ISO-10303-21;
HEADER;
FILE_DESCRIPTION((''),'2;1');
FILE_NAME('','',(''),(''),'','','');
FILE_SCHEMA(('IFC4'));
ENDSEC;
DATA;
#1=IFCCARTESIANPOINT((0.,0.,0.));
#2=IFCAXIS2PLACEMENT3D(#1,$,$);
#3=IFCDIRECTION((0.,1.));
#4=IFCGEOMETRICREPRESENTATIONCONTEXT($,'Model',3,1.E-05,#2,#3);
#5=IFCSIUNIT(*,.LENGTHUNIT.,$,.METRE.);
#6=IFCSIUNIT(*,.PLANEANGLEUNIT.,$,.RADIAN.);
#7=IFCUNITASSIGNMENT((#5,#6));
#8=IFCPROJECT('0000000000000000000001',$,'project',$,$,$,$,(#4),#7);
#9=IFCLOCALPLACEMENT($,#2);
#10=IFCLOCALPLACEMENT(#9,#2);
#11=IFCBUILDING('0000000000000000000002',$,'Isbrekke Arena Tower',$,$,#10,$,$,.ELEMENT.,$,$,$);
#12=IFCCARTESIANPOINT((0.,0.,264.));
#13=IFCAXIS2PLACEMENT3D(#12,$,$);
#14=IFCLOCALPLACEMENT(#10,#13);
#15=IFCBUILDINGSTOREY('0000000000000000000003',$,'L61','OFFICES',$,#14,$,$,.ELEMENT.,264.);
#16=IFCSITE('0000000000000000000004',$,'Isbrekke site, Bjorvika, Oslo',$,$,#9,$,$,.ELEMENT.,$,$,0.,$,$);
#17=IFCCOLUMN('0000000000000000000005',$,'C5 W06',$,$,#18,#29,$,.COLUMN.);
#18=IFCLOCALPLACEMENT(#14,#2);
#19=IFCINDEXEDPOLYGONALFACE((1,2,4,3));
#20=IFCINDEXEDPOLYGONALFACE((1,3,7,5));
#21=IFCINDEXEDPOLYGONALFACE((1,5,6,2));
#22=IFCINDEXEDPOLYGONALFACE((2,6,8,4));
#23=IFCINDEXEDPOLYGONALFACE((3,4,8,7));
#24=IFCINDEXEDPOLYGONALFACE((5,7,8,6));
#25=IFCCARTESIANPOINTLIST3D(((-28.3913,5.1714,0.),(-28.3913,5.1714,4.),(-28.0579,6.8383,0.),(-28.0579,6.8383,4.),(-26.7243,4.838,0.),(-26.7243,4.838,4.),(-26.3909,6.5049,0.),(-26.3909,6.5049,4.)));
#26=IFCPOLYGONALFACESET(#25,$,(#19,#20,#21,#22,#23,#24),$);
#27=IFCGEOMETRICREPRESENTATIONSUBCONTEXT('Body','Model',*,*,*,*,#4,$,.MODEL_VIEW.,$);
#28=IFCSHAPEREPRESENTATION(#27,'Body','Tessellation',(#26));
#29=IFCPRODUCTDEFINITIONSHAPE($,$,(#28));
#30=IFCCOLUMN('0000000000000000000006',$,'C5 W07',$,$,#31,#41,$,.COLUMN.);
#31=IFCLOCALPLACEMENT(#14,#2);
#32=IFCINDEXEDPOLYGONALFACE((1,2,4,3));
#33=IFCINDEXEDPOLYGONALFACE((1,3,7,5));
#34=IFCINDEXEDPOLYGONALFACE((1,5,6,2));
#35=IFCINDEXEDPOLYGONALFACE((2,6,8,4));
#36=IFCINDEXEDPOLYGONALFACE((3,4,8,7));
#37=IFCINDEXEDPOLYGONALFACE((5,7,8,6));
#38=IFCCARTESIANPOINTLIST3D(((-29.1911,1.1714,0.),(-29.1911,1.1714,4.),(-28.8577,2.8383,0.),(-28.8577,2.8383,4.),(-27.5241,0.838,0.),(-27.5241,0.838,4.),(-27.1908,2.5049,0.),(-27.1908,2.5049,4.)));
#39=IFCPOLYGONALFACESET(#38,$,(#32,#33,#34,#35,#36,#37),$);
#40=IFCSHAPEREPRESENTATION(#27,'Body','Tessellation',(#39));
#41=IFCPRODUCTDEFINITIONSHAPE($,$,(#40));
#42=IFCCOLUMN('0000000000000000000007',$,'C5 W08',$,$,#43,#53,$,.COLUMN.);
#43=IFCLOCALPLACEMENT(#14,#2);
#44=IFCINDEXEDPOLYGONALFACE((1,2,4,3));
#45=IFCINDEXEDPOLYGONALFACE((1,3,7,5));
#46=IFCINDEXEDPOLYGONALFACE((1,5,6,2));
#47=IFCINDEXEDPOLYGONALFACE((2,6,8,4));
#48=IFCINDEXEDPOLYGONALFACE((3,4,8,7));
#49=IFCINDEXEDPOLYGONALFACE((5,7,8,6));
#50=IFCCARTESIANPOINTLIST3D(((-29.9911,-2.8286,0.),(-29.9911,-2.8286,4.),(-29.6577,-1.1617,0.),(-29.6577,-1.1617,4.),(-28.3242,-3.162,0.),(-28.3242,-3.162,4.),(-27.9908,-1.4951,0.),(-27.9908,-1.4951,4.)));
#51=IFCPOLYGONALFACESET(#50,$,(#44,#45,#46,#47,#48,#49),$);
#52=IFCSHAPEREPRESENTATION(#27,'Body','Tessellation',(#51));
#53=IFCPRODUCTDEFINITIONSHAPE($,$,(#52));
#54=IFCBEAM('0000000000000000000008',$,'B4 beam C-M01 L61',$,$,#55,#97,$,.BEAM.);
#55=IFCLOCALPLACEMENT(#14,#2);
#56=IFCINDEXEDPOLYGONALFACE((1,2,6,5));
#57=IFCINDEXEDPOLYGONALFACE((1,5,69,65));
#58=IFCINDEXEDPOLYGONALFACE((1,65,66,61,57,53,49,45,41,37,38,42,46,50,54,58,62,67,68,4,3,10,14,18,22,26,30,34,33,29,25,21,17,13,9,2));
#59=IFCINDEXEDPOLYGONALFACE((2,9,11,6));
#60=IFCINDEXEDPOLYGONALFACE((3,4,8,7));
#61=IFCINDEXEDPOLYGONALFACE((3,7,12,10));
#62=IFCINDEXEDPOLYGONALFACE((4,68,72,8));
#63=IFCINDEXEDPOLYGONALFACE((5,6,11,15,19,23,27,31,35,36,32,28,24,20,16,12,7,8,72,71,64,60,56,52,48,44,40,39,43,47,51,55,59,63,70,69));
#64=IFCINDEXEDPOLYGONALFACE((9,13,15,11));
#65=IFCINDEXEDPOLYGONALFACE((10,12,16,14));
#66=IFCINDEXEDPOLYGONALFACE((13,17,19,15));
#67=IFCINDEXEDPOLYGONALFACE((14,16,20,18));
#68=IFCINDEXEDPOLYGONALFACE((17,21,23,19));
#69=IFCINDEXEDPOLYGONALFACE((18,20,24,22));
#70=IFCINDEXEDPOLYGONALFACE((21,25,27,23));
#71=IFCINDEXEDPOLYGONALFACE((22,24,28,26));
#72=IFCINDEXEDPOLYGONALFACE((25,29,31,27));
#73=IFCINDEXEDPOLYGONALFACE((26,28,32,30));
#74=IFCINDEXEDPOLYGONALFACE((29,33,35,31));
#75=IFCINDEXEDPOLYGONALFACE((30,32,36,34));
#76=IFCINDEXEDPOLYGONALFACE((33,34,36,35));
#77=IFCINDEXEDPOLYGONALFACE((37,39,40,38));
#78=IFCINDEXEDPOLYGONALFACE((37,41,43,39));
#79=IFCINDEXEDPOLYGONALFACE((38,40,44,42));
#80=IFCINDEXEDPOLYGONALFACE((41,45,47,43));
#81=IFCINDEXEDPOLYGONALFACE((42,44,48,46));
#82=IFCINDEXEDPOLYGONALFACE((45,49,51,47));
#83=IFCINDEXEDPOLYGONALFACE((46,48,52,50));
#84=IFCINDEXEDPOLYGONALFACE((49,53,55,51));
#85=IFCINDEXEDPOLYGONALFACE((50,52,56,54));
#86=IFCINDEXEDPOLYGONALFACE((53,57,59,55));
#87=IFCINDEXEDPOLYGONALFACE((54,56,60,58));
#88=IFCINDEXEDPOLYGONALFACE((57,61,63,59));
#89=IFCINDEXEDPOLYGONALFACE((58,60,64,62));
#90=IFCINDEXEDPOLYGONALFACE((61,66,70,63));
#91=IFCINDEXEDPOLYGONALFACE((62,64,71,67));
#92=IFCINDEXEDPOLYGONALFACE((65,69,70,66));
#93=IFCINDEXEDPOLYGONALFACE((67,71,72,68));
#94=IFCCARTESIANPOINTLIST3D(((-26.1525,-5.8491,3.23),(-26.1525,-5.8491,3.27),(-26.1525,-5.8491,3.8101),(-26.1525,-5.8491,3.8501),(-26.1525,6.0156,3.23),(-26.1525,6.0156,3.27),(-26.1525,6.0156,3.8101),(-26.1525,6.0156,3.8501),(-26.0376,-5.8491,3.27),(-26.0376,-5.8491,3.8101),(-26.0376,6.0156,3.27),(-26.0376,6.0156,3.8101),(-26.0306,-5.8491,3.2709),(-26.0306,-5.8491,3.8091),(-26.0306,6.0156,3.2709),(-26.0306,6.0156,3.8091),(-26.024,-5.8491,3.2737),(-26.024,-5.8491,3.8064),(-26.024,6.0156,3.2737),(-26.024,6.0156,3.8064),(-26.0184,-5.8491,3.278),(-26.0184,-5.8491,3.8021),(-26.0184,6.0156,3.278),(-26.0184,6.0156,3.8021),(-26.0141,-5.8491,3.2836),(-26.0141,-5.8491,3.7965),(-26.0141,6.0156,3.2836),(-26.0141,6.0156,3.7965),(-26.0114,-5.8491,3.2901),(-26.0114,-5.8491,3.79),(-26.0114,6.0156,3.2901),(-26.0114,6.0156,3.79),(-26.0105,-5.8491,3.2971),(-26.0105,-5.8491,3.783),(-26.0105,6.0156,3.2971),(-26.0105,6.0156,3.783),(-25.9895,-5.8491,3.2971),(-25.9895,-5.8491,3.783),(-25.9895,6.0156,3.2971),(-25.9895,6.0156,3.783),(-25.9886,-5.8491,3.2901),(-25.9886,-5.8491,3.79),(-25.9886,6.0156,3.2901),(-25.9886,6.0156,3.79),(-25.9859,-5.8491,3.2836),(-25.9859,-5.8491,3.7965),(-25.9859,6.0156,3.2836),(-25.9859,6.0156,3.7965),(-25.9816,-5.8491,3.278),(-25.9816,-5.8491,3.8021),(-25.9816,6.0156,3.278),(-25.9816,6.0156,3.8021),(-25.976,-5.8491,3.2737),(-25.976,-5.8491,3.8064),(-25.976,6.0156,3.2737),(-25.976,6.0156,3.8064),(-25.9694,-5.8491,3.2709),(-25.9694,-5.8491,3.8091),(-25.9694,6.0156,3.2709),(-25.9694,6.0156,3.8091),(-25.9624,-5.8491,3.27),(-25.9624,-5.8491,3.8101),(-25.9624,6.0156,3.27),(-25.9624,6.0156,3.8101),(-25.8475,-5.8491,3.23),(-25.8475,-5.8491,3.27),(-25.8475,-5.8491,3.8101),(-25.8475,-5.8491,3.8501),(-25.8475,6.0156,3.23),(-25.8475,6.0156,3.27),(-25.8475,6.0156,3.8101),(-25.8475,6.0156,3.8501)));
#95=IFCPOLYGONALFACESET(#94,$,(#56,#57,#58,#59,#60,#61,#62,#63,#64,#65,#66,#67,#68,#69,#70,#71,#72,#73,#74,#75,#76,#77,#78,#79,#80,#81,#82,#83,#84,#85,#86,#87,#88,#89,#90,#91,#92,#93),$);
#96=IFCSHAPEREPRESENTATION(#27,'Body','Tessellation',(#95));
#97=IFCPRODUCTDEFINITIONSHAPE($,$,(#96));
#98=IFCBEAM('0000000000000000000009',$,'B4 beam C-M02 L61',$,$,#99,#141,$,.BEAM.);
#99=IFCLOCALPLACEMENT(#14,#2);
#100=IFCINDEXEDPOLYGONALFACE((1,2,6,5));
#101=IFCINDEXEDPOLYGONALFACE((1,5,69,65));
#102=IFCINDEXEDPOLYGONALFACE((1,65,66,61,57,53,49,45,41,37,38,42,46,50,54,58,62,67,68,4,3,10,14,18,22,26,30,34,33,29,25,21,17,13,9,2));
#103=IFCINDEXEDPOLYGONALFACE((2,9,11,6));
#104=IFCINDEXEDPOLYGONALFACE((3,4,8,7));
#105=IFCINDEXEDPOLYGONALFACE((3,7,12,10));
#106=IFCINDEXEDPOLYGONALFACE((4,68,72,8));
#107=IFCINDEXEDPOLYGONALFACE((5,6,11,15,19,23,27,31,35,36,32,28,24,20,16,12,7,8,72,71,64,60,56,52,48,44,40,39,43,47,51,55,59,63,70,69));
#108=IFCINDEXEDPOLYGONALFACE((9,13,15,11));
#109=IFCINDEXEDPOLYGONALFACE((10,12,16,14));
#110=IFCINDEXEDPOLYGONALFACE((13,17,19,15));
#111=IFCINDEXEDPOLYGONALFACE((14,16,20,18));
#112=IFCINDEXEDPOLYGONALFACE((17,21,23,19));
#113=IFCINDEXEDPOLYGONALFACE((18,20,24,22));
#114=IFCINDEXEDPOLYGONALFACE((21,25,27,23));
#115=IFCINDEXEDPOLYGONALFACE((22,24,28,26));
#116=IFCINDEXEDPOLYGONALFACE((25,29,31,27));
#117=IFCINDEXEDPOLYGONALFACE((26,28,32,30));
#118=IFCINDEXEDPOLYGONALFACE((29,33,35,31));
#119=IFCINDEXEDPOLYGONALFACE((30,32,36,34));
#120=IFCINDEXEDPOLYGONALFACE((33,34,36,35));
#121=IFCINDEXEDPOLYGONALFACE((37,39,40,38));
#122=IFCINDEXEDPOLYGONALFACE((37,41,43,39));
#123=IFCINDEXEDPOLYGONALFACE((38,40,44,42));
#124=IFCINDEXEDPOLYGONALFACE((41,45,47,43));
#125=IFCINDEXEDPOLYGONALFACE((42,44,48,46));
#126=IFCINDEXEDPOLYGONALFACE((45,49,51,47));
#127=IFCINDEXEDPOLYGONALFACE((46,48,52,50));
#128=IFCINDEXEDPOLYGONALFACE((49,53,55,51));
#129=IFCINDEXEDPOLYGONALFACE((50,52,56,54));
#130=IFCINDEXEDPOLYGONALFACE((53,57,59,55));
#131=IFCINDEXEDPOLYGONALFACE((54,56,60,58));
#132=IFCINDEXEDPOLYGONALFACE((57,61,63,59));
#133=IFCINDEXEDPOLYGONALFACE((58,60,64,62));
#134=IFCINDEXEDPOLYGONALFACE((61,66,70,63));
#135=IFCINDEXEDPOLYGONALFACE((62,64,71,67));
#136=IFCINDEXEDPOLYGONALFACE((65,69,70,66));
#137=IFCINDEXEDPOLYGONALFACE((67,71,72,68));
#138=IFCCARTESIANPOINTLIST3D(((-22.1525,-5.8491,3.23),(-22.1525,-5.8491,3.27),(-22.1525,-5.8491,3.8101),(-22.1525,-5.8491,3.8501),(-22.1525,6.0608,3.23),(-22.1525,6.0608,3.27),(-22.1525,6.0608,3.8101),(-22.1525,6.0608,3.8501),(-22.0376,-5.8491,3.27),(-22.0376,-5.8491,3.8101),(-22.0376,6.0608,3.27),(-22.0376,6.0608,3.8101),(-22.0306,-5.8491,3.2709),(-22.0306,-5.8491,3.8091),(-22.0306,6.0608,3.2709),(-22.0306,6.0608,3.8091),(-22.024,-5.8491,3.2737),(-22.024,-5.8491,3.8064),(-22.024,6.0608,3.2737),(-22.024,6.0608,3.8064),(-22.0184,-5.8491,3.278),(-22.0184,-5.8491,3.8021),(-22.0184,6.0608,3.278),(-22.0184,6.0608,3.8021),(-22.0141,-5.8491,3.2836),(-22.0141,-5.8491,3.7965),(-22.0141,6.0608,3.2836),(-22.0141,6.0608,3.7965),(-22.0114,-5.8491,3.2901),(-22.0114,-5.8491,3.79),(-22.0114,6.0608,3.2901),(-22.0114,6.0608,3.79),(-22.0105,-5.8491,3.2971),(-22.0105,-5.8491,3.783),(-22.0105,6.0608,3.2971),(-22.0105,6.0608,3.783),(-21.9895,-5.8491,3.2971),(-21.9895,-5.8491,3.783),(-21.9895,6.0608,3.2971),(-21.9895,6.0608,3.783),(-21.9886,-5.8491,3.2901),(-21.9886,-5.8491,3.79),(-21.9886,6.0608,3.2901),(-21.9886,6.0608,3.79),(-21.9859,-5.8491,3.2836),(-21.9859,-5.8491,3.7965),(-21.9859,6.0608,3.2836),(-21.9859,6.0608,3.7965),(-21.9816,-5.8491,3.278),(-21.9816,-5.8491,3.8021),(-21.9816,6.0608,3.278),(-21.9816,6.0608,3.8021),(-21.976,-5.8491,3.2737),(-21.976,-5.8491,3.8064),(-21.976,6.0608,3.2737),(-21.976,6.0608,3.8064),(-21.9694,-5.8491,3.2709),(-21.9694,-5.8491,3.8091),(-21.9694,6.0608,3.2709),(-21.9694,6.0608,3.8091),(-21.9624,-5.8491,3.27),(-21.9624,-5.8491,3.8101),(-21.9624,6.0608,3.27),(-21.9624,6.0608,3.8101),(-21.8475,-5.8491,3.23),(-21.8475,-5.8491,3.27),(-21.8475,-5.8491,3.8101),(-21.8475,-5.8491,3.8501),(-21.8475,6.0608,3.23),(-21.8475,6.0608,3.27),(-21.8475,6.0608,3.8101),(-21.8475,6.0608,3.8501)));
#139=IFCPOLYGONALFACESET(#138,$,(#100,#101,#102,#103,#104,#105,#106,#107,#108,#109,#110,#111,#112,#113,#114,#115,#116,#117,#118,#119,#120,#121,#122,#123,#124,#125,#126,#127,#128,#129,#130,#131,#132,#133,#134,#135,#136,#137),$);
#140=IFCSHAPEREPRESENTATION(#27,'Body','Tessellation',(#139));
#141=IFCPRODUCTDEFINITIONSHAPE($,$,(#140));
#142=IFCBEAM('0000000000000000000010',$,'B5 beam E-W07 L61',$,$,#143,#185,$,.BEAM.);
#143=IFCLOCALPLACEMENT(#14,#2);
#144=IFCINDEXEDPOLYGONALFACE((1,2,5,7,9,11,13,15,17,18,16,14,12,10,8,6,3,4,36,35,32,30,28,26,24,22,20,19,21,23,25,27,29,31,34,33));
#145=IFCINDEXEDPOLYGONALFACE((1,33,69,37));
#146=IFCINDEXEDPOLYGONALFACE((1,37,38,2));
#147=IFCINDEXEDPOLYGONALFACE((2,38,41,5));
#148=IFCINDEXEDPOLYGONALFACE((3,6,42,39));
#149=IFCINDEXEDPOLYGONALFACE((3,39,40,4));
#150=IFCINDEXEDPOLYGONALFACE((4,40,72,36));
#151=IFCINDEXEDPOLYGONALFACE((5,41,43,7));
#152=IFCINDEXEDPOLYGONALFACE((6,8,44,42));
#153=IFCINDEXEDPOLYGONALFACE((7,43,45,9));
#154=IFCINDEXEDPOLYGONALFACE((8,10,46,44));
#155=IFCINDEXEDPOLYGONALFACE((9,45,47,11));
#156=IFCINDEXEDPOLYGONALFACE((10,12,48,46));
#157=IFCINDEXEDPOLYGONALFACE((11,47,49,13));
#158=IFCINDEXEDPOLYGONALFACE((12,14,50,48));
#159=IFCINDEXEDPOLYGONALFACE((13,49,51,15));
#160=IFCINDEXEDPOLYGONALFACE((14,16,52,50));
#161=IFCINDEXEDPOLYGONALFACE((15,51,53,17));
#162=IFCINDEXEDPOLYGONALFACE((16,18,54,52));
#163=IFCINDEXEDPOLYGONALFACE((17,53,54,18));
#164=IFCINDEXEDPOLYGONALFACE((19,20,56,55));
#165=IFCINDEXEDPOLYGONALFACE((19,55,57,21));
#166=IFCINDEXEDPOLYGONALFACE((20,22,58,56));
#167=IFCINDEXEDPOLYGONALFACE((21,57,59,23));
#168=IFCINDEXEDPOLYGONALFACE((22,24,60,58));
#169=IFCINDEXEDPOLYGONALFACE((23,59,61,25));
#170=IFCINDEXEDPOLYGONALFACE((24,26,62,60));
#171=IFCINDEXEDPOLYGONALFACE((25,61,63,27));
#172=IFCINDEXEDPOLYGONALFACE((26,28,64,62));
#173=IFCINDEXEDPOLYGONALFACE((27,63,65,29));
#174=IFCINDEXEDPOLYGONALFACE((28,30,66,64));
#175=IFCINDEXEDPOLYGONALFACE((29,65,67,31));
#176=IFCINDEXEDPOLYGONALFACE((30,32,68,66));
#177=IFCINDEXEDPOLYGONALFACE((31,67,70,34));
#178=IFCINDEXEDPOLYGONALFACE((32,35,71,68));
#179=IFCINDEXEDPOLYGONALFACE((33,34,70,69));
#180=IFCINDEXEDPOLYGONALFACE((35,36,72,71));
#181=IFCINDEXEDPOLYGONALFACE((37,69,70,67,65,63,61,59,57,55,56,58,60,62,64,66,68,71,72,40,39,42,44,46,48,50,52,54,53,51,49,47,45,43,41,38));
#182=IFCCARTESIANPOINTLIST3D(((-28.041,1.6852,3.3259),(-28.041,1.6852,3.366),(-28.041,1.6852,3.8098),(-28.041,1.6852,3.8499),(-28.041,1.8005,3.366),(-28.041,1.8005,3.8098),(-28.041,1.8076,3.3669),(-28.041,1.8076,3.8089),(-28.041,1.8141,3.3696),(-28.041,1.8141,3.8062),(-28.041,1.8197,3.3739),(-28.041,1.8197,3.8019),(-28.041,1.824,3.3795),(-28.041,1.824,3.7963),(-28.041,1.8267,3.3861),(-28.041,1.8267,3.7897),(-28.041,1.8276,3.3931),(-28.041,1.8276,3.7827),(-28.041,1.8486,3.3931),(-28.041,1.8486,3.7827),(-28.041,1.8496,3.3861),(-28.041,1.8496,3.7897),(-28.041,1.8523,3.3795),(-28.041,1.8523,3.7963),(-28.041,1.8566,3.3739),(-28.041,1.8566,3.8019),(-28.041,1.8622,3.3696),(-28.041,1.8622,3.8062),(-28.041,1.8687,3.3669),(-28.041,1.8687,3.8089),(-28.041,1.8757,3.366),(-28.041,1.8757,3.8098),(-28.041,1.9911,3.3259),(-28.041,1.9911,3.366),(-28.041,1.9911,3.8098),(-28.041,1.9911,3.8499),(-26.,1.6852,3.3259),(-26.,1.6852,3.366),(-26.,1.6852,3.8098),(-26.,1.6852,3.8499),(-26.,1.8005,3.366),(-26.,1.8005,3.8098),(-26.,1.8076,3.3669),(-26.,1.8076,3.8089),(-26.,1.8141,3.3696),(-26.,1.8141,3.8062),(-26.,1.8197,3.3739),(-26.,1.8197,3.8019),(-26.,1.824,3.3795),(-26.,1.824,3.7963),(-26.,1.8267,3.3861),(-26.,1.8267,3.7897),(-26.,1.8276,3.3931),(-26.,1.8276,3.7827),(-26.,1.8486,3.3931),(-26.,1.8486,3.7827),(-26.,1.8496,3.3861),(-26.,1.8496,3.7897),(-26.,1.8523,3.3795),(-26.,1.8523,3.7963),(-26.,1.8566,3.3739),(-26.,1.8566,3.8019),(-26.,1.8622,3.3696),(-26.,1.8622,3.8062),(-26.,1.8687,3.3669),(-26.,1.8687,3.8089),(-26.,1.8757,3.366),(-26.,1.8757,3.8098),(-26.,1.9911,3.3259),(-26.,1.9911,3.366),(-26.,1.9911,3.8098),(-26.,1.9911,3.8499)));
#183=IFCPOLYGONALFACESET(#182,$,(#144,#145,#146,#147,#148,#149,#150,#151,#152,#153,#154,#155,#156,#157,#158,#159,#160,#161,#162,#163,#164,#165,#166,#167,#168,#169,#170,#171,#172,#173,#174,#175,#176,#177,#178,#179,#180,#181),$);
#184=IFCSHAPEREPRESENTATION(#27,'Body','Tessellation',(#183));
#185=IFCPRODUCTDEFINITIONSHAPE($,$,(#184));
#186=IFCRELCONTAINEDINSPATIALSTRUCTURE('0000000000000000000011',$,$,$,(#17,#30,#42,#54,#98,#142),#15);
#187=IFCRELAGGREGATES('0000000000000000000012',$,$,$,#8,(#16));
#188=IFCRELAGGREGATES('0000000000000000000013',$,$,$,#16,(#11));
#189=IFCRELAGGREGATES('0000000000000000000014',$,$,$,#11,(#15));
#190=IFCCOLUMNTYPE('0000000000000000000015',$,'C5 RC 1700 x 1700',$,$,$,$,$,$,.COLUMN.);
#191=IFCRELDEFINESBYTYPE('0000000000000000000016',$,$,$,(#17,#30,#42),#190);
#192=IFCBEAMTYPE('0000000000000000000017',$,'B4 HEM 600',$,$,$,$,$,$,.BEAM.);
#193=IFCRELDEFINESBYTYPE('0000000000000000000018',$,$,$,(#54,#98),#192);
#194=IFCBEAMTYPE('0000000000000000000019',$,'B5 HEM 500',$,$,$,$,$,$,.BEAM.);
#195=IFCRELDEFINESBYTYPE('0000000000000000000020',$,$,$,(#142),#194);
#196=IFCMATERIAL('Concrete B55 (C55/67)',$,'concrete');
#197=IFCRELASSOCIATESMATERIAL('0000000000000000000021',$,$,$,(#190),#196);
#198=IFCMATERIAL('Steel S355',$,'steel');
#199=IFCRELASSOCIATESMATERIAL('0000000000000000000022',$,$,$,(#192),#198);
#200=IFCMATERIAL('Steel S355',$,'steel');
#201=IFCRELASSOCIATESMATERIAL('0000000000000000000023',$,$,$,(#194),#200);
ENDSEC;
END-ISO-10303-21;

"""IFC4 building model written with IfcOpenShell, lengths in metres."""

from ifc_helpers import new_model, si_unit, direction, frame, origin, origin_2d, place, context, subcontext, project, spatial, rectangle, i_section, extrude, material, material_profile, profile_set, type_object, element, save


model = new_model("IFC4")

# Units and contexts
model_context = context("Model", 3, precision=1e-05, world=origin(), true_north=direction((0.0, 1.0)))
body_context = subcontext(model_context, "Body", "Model", "MODEL_VIEW")
ifc_project = project(units=[si_unit("LENGTHUNIT", "METRE"), si_unit("PLANEANGLEUNIT", "RADIAN")], contexts=[model_context])

# Site, building, storey
site_placement = place(None, origin())
site = spatial("IfcSite", under=ifc_project, at=site_placement, Name="Isbrekke site, Bjorvika, Oslo", CompositionType="ELEMENT", RefElevation=0.0)
building_placement = place(site_placement, origin())
building = spatial("IfcBuilding", under=site, at=building_placement, Name="Isbrekke Arena Tower", CompositionType="ELEMENT")
storey_placement = place(building_placement, frame((0.0, 0.0, 264.0)))
storey = spatial("IfcBuildingStorey", under=building, at=storey_placement, Name="L61", Description="OFFICES", CompositionType="ELEMENT", Elevation=264.0)

# Columns
ifc_material_1 = material(Name="Concrete B55 (C55/67)", Category="concrete")
ifc_material_profile_1 = material_profile(ifc_material_1, rectangle(XDim=1.7, YDim=1.7, at=origin_2d()), Name="RC 1700x1700")
ifc_profile_set_1 = profile_set([ifc_material_profile_1], Name="Concrete B55 (C55/67)")
column_type = type_object("IfcColumnType", Name="C5 RC 1700 x 1700", PredefinedType="COLUMN", material=ifc_profile_set_1)
for number, where, z_axis, x_axis, name in (
    (1, (-27.3911, 5.8381, 0.0), (0.0, 0.0, 1.0), (-0.196116, -0.980581, 0.0), "C5 W06"),
    (2, (-28.1909, 1.8381, 0.0), (0.0, 0.0, 1.0), (-0.196116, -0.980581, 0.0), "C5 W07"),
    (3, (-28.991, -2.1619, 0.0), (0.0, 0.0, 1.0), (-0.196116, -0.980581, 0.0), "C5 W08"),
):
    element("IfcColumn", number, at=place(storey_placement, frame(where, z_axis=z_axis, x_axis=x_axis)), inside=storey, type_object=column_type, Name=name, PredefinedType="COLUMN", context=body_context, shape_type="SweptSolid", body=[
        extrude(rectangle(XDim=1.7, YDim=1.7, at=origin_2d()), origin(), (0.0, 0.0, 1.0), 4.0),
    ])

# Beams
ifc_material_2 = material(Name="Steel S355", Category="steel")
ifc_material_profile_2 = material_profile(ifc_material_2, i_section(OverallWidth=0.3049, OverallDepth=0.6201, WebThickness=0.021, FlangeThickness=0.04, FilletRadius=0.0271, at=origin_2d()), Name="HEM 600")
ifc_profile_set_2 = profile_set([ifc_material_profile_2], Name="Steel S355")
beam_type_1 = type_object("IfcBeamType", Name="B4 HEM 600", PredefinedType="BEAM", material=ifc_profile_set_2)
beam_1_placement = place(storey_placement, frame((-26.0, -5.8491, 3.54), z_axis=(0.0, 1.0, 0.0), x_axis=(-1.0, 0.0, 0.0)))
element("IfcBeam", 4, at=beam_1_placement, inside=storey, type_object=beam_type_1, Name="B4 beam C-M01 L61", PredefinedType="BEAM", context=body_context, shape_type="SweptSolid", body=[
    extrude(i_section(OverallWidth=0.3049, OverallDepth=0.6201, WebThickness=0.021, FlangeThickness=0.04, FilletRadius=0.0271, at=origin_2d()), origin(), (0.0, 0.0, 1.0), 11.8647),
])
beam_2_placement = place(storey_placement, frame((-22.0, -5.8491, 3.54), z_axis=(0.0, 1.0, 0.0), x_axis=(-1.0, 0.0, 0.0)))
element("IfcBeam", 5, at=beam_2_placement, inside=storey, type_object=beam_type_1, Name="B4 beam C-M02 L61", PredefinedType="BEAM", context=body_context, shape_type="SweptSolid", body=[
    extrude(i_section(OverallWidth=0.3049, OverallDepth=0.6201, WebThickness=0.021, FlangeThickness=0.04, FilletRadius=0.0271, at=origin_2d()), origin(), (0.0, 0.0, 1.0), 11.9099),
])
ifc_material_3 = material(Name="Steel S355", Category="steel")
ifc_material_profile_3 = material_profile(ifc_material_3, i_section(OverallWidth=0.3059, OverallDepth=0.5239, WebThickness=0.021, FlangeThickness=0.04, FilletRadius=0.0271, at=origin_2d()), Name="HEM 500")
ifc_profile_set_3 = profile_set([ifc_material_profile_3], Name="Steel S355")
beam_type_2 = type_object("IfcBeamType", Name="B5 HEM 500", PredefinedType="BEAM", material=ifc_profile_set_3)
beam_3_placement = place(storey_placement, frame((-28.041, 1.8381, 3.5879), z_axis=(1.0, 0.0, 0.0), x_axis=(0.0, 1.0, 0.0)))
element("IfcBeam", 6, at=beam_3_placement, inside=storey, type_object=beam_type_2, Name="B5 beam E-W07 L61", PredefinedType="BEAM", context=body_context, shape_type="SweptSolid", body=[
    extrude(i_section(OverallWidth=0.3059, OverallDepth=0.5239, WebThickness=0.021, FlangeThickness=0.04, FilletRadius=0.0271, at=origin_2d()), origin(), (0.0, 0.0, 1.0), 2.041),
])

save(model, "model.ifc")
